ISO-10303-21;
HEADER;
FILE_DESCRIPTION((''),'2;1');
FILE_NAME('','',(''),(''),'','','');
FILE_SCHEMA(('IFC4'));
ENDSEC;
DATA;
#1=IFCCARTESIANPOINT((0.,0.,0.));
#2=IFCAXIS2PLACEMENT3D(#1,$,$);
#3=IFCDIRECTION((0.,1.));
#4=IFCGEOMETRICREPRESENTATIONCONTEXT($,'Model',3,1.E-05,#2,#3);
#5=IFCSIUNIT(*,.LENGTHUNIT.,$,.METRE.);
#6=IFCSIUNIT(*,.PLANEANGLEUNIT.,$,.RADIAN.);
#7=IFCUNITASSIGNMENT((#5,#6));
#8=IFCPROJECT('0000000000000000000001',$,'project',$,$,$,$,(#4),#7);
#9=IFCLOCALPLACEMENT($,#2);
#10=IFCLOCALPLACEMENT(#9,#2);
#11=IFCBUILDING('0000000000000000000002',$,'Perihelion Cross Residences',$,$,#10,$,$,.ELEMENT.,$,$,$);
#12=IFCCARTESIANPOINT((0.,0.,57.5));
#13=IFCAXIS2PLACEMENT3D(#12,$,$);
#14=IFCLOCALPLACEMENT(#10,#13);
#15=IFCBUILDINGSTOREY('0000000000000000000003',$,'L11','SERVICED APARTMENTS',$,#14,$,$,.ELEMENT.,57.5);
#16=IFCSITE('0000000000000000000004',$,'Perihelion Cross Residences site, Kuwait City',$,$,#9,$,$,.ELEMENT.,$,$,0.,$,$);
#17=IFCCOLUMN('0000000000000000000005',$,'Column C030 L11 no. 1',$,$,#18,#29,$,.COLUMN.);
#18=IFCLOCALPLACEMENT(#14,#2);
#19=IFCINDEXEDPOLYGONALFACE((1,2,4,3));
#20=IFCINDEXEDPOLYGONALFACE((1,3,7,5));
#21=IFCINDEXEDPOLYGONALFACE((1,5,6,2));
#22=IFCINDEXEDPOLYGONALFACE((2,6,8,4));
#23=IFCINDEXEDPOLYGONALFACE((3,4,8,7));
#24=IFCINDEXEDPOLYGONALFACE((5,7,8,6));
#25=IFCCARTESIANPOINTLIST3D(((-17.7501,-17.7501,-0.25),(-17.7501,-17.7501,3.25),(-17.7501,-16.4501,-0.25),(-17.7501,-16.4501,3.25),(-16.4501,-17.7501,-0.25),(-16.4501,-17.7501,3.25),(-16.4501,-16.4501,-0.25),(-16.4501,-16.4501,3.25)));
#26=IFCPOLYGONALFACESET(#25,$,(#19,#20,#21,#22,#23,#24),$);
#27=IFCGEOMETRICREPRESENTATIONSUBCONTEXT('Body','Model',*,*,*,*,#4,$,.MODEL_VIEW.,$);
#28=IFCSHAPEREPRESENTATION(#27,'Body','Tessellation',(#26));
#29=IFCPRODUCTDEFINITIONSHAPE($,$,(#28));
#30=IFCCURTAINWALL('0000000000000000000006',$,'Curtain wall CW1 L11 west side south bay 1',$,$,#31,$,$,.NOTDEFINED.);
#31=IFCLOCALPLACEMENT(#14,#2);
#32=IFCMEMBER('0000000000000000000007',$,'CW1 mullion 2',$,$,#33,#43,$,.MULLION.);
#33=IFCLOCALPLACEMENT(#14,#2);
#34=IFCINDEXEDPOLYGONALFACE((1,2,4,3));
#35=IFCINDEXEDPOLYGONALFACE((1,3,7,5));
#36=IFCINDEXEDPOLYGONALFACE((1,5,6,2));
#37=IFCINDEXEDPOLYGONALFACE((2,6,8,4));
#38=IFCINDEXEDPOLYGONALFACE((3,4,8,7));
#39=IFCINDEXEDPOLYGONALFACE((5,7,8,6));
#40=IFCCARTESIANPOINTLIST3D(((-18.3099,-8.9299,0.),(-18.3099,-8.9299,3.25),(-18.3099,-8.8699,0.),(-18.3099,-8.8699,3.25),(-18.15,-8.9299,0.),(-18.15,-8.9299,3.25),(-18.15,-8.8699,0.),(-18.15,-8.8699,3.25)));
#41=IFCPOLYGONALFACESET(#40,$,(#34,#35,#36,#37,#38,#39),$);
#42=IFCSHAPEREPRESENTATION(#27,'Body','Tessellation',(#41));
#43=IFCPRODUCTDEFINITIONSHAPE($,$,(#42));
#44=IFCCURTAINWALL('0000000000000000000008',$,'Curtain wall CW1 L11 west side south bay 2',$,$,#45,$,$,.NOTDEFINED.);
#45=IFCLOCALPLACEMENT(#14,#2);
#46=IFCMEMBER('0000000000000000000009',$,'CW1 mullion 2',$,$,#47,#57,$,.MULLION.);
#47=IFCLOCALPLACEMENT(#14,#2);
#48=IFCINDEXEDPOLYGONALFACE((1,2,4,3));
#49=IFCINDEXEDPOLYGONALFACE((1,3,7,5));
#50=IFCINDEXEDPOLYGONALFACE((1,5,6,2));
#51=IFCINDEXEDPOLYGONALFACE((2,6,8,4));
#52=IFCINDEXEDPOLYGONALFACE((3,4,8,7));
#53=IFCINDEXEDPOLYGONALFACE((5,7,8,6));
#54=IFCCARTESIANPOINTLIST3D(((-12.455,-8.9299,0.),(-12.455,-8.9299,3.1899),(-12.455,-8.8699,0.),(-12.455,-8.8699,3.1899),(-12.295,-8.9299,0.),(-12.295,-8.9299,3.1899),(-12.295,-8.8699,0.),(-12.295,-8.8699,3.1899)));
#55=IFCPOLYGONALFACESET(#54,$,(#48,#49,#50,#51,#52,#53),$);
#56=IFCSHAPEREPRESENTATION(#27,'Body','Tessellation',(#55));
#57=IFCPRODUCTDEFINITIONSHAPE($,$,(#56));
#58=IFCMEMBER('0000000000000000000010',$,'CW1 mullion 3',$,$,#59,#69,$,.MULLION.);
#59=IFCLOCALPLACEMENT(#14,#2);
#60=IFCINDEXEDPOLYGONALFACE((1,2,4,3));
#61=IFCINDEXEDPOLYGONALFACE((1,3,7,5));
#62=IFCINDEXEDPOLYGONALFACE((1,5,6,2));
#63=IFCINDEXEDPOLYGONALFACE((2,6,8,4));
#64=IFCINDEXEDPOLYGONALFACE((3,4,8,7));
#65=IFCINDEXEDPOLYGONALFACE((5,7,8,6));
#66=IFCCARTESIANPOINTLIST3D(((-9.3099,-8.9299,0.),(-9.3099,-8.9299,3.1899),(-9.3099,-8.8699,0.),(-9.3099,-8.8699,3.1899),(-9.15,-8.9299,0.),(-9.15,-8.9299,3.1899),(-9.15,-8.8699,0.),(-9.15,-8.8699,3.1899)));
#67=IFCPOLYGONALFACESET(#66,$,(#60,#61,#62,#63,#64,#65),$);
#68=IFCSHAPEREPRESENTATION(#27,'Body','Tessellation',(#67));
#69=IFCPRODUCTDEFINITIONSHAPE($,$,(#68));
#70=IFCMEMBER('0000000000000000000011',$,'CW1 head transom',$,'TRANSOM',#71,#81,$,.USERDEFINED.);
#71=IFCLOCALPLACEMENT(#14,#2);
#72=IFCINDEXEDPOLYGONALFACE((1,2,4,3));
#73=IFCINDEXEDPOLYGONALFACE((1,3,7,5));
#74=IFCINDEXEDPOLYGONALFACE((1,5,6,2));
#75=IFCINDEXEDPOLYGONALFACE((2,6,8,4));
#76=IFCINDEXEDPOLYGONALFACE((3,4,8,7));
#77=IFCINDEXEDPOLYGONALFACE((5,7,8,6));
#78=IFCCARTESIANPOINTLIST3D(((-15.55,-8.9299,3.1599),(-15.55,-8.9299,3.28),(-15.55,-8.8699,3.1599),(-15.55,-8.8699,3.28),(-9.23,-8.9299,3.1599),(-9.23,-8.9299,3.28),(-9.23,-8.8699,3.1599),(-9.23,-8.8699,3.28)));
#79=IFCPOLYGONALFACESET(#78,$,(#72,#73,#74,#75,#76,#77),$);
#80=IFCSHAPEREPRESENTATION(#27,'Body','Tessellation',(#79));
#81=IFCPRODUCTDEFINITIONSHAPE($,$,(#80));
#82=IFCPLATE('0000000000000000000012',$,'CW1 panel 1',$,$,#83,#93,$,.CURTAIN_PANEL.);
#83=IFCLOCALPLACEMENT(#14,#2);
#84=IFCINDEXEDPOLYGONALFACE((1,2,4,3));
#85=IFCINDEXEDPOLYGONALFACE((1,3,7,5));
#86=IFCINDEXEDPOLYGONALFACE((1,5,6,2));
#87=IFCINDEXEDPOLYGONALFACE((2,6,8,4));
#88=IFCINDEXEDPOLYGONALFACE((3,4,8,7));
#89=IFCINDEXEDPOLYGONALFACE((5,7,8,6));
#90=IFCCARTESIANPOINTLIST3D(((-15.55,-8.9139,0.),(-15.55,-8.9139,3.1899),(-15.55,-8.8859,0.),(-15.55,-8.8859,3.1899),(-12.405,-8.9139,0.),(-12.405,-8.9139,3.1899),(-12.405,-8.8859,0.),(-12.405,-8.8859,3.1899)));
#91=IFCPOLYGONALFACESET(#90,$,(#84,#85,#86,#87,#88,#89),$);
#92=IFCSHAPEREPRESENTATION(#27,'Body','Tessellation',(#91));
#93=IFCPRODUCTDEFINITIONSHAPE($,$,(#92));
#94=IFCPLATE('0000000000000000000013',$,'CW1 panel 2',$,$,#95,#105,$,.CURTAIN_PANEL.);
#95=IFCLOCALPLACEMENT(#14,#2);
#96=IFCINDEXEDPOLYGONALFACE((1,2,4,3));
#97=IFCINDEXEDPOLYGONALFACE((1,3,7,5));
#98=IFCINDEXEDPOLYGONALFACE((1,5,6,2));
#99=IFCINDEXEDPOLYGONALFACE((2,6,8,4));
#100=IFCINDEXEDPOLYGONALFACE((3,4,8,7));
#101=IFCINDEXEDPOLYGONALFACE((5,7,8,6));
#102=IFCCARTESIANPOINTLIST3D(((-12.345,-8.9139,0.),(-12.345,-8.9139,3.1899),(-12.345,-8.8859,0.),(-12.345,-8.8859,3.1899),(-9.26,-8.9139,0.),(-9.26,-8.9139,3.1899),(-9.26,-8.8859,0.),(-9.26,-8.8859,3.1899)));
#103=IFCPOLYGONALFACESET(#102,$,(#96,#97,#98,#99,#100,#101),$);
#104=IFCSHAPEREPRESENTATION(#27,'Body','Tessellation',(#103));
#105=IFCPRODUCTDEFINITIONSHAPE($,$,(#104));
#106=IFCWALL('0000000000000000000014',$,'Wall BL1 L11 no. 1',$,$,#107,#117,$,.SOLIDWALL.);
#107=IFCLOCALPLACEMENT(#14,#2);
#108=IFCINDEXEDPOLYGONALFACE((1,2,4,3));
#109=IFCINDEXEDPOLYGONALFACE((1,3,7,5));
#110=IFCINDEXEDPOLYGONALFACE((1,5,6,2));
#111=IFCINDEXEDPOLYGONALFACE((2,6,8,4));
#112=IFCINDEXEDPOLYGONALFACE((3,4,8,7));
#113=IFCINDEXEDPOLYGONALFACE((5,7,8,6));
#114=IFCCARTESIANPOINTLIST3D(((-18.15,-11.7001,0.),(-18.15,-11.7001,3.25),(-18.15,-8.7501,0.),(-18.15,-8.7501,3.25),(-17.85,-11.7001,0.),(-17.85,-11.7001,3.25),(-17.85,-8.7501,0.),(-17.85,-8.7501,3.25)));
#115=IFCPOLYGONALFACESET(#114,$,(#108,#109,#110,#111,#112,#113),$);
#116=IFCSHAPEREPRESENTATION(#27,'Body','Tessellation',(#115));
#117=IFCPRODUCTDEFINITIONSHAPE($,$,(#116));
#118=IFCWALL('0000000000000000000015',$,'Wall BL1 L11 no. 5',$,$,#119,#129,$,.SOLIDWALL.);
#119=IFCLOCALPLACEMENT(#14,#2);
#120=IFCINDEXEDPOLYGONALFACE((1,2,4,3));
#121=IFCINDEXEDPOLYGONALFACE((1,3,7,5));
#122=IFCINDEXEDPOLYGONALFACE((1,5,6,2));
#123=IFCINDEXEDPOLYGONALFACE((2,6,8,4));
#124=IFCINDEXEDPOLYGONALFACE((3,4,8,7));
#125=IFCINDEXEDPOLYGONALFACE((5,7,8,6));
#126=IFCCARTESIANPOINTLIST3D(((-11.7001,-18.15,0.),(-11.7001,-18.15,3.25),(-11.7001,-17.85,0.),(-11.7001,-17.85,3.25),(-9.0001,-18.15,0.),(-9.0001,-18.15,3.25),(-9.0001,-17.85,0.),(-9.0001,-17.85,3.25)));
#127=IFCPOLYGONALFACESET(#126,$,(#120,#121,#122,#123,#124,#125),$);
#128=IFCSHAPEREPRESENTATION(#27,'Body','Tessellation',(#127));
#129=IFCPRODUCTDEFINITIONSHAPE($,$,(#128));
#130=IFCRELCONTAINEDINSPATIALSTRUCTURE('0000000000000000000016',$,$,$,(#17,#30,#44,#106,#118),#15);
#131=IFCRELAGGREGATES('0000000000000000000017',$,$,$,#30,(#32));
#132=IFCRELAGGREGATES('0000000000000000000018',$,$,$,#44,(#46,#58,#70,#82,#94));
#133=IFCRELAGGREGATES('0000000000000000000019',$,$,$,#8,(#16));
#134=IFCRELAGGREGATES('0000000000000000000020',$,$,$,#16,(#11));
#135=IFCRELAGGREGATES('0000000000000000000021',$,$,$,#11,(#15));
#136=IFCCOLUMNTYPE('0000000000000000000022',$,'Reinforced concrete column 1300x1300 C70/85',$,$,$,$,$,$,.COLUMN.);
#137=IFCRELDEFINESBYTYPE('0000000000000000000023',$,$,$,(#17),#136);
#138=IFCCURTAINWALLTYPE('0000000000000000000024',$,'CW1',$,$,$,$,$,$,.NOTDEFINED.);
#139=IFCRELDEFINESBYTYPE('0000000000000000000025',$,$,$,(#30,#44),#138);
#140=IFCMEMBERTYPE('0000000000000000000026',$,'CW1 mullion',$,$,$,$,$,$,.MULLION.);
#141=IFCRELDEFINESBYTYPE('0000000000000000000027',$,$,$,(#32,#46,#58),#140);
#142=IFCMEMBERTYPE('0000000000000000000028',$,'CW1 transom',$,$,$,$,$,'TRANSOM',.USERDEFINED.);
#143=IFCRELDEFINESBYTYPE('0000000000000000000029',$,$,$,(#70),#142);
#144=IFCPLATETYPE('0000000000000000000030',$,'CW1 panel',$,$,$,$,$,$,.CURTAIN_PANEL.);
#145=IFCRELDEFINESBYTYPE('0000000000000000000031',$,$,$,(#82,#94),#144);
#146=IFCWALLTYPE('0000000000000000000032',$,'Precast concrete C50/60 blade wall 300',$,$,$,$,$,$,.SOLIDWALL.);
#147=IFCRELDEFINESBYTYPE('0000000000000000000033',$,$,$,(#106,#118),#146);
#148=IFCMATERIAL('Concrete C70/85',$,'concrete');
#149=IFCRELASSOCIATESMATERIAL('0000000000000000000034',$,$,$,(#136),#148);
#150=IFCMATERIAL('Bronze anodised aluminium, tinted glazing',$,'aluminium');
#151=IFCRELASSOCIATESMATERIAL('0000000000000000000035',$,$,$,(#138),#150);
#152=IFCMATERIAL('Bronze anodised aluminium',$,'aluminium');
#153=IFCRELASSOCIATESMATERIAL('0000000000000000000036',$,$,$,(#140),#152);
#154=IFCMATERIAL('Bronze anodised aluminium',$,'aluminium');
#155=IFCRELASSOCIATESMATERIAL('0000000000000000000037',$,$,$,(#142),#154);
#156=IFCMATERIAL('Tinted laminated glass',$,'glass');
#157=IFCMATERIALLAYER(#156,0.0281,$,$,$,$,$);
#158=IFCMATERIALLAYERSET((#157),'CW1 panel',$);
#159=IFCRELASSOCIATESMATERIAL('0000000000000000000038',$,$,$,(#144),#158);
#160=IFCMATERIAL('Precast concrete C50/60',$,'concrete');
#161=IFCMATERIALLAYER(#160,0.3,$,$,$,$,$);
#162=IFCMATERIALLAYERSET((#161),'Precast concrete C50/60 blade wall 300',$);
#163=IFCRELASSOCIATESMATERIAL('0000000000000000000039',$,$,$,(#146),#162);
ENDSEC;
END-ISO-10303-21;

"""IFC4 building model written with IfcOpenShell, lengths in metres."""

from ifc_helpers import new_model, si_unit, direction, frame, frame_2d, origin, origin_2d, place, context, subcontext, project, spatial, rectangle, extrude, material, layer, layer_set, material_profile, profile_set, type_object, element, aggregate, save


model = new_model("IFC4")

# Units and contexts
model_context = context("Model", 3, precision=1e-05, world=origin(), true_north=direction((0.0, 1.0)))
body_context = subcontext(model_context, "Body", "Model", "MODEL_VIEW")
ifc_project = project(units=[si_unit("LENGTHUNIT", "METRE"), si_unit("PLANEANGLEUNIT", "RADIAN")], contexts=[model_context])

# Site, building, storey
site_placement = place(None, origin())
site = spatial("IfcSite", under=ifc_project, at=site_placement, Name="Perihelion Cross Residences site, Kuwait City", CompositionType="ELEMENT", RefElevation=0.0)
building_placement = place(site_placement, origin())
building = spatial("IfcBuilding", under=site, at=building_placement, Name="Perihelion Cross Residences", CompositionType="ELEMENT")
storey_placement = place(building_placement, frame((0.0, 0.0, 57.5)))
storey = spatial("IfcBuildingStorey", under=building, at=storey_placement, Name="L11", Description="SERVICED APARTMENTS", CompositionType="ELEMENT", Elevation=57.5)

# Column
ifc_material_1 = material(Name="Concrete C70/85", Category="concrete")
ifc_material_profile_1 = material_profile(ifc_material_1, rectangle(XDim=1.3, YDim=1.3, at=origin_2d()), Name="RC 1300x1300")
ifc_profile_set_1 = profile_set([ifc_material_profile_1], Name="Concrete C70/85")
column_type = type_object("IfcColumnType", Name="Reinforced concrete column 1300x1300 C70/85", PredefinedType="COLUMN", material=ifc_profile_set_1)
column_placement = place(storey_placement, frame((-17.1001, -17.1001, -0.25), z_axis=(0.0, 0.0, 1.0), x_axis=(1.0, 0.0, 0.0)))
element("IfcColumn", 1, at=column_placement, inside=storey, type_object=column_type, Name="Column C030 L11 no. 1", PredefinedType="COLUMN", context=body_context, shape_type="SweptSolid", body=[
    extrude(rectangle(XDim=1.3, YDim=1.3, at=origin_2d()), origin(), (0.0, 0.0, 1.0), 3.5),
])

# Curtain wall, member
ifc_material_2 = material(Name="Bronze anodised aluminium, tinted glazing", Category="aluminium")
curtain_wall_type = type_object("IfcCurtainWallType", Name="CW1", PredefinedType="NOTDEFINED", material=ifc_material_2)
curtain_wall_1_placement = place(storey_placement, origin())
curtain_wall_1 = element("IfcCurtainWall", 2, at=curtain_wall_1_placement, inside=storey, type_object=curtain_wall_type, Name="Curtain wall CW1 L11 west side south bay 1", PredefinedType="NOTDEFINED")
ifc_material_3 = material(Name="Bronze anodised aluminium", Category="aluminium")
ifc_material_profile_2 = material_profile(ifc_material_3, rectangle(XDim=0.0601, YDim=0.1599, at=origin_2d()), Name="CW1 mullion")
ifc_profile_set_2 = profile_set([ifc_material_profile_2], Name="Bronze anodised aluminium")
member_type_1 = type_object("IfcMemberType", Name="CW1 mullion", PredefinedType="MULLION", material=ifc_profile_set_2)
member_1_placement = place(storey_placement, frame((-18.23, -8.8999, 0.0), z_axis=(0.0, 0.0, 1.0), x_axis=(0.0, 1.0, 0.0)))
member_1 = element("IfcMember", 3, at=member_1_placement, type_object=member_type_1, Name="CW1 mullion 2", PredefinedType="MULLION", context=body_context, shape_type="SweptSolid", body=[
    extrude(rectangle(XDim=0.0601, YDim=0.1599, at=origin_2d()), origin(), (0.0, 0.0, 1.0), 3.25),
])
aggregate(curtain_wall_1, [member_1])

# Curtain wall, members, plates
curtain_wall_2_placement = place(storey_placement, origin())
curtain_wall_2 = element("IfcCurtainWall", 4, at=curtain_wall_2_placement, inside=storey, type_object=curtain_wall_type, Name="Curtain wall CW1 L11 west side south bay 2", PredefinedType="NOTDEFINED")
member_2_placement = place(storey_placement, frame((-12.375, -8.8999, 0.0), z_axis=(0.0, 0.0, 1.0), x_axis=(0.0, 1.0, 0.0)))
member_2 = element("IfcMember", 5, at=member_2_placement, type_object=member_type_1, Name="CW1 mullion 2", PredefinedType="MULLION", context=body_context, shape_type="SweptSolid", body=[
    extrude(rectangle(XDim=0.0601, YDim=0.1599, at=origin_2d()), origin(), (0.0, 0.0, 1.0), 3.1899),
])
member_3_placement = place(storey_placement, frame((-9.23, -8.8999, 0.0), z_axis=(0.0, 0.0, 1.0), x_axis=(0.0, 1.0, 0.0)))
member_3 = element("IfcMember", 6, at=member_3_placement, type_object=member_type_1, Name="CW1 mullion 3", PredefinedType="MULLION", context=body_context, shape_type="SweptSolid", body=[
    extrude(rectangle(XDim=0.0601, YDim=0.1599, at=origin_2d()), origin(), (0.0, 0.0, 1.0), 3.1899),
])
ifc_material_4 = material(Name="Bronze anodised aluminium", Category="aluminium")
ifc_material_profile_3 = material_profile(ifc_material_4, rectangle(XDim=0.0601, YDim=0.1201, at=origin_2d()), Name="CW1 transom")
ifc_profile_set_3 = profile_set([ifc_material_profile_3], Name="Bronze anodised aluminium")
member_type_2 = type_object("IfcMemberType", Name="CW1 transom", ElementType="TRANSOM", PredefinedType="USERDEFINED", material=ifc_profile_set_3)
member_4_placement = place(storey_placement, frame((-15.55, -8.8999, 3.22), z_axis=(1.0, 0.0, 0.0), x_axis=(0.0, 1.0, 0.0)))
member_4 = element("IfcMember", 7, at=member_4_placement, type_object=member_type_2, Name="CW1 head transom", ObjectType="TRANSOM", PredefinedType="USERDEFINED", context=body_context, shape_type="SweptSolid", body=[
    extrude(rectangle(XDim=0.0601, YDim=0.1201, at=origin_2d()), origin(), (0.0, 0.0, 1.0), 6.3201),
])
ifc_material_5 = material(Name="Tinted laminated glass", Category="glass")
ifc_layer_1 = layer(ifc_material_5, 0.0281)
ifc_layer_set_1 = layer_set([ifc_layer_1], Name="CW1 panel")
plate_type = type_object("IfcPlateType", Name="CW1 panel", PredefinedType="CURTAIN_PANEL", material=ifc_layer_set_1)
plate_1_placement = place(storey_placement, frame((-13.9775, -8.8999, 0.0), z_axis=(0.0, 0.0, 1.0), x_axis=(1.0, 0.0, 0.0)))
plate_1 = element("IfcPlate", 8, at=plate_1_placement, type_object=plate_type, Name="CW1 panel 1", PredefinedType="CURTAIN_PANEL", context=body_context, shape_type="SweptSolid", body=[
    extrude(rectangle(XDim=3.145, YDim=0.0281, at=origin_2d()), origin(), (0.0, 0.0, 1.0), 3.1899),
])
plate_2_placement = place(storey_placement, frame((-10.8025, -8.8999, 0.0), z_axis=(0.0, 0.0, 1.0), x_axis=(1.0, 0.0, 0.0)))
plate_2 = element("IfcPlate", 9, at=plate_2_placement, type_object=plate_type, Name="CW1 panel 2", PredefinedType="CURTAIN_PANEL", context=body_context, shape_type="SweptSolid", body=[
    extrude(rectangle(XDim=3.085, YDim=0.0281, at=origin_2d()), origin(), (0.0, 0.0, 1.0), 3.1899),
])
aggregate(curtain_wall_2, [member_2, member_3, member_4, plate_1, plate_2])

# Walls
ifc_material_6 = material(Name="Precast concrete C50/60", Category="concrete")
ifc_layer_2 = layer(ifc_material_6, 0.3)
ifc_layer_set_2 = layer_set([ifc_layer_2], Name="Precast concrete C50/60 blade wall 300")
wall_type_1 = type_object("IfcWallType", Name="Precast concrete C50/60 blade wall 300", PredefinedType="SOLIDWALL", material=ifc_layer_set_2)
wall_1_placement = place(storey_placement, frame((-18.0, -8.75, 0.0), z_axis=(0.0, 0.0, 1.0), x_axis=(0.0, -1.0, 0.0)))
element("IfcWall", 10, at=wall_1_placement, inside=storey, type_object=wall_type_1, Name="Wall BL1 L11 no. 1", PredefinedType="SOLIDWALL", context=body_context, shape_type="SweptSolid", body=[
    extrude(rectangle(XDim=2.95, YDim=0.3, at=frame_2d((1.4751, 0.0))), origin(), (0.0, 0.0, 1.0), 3.25),
])
wall_2_placement = place(storey_placement, frame((-9.0, -18.0, 0.0), z_axis=(0.0, 0.0, 1.0), x_axis=(-1.0, 0.0, 0.0)))
element("IfcWall", 11, at=wall_2_placement, inside=storey, type_object=wall_type_1, Name="Wall BL1 L11 no. 5", PredefinedType="SOLIDWALL", context=body_context, shape_type="SweptSolid", body=[
    extrude(rectangle(XDim=2.7, YDim=0.3, at=frame_2d((1.3501, 0.0))), origin(), (0.0, 0.0, 1.0), 3.25),
])

save(model, "model.ifc")
